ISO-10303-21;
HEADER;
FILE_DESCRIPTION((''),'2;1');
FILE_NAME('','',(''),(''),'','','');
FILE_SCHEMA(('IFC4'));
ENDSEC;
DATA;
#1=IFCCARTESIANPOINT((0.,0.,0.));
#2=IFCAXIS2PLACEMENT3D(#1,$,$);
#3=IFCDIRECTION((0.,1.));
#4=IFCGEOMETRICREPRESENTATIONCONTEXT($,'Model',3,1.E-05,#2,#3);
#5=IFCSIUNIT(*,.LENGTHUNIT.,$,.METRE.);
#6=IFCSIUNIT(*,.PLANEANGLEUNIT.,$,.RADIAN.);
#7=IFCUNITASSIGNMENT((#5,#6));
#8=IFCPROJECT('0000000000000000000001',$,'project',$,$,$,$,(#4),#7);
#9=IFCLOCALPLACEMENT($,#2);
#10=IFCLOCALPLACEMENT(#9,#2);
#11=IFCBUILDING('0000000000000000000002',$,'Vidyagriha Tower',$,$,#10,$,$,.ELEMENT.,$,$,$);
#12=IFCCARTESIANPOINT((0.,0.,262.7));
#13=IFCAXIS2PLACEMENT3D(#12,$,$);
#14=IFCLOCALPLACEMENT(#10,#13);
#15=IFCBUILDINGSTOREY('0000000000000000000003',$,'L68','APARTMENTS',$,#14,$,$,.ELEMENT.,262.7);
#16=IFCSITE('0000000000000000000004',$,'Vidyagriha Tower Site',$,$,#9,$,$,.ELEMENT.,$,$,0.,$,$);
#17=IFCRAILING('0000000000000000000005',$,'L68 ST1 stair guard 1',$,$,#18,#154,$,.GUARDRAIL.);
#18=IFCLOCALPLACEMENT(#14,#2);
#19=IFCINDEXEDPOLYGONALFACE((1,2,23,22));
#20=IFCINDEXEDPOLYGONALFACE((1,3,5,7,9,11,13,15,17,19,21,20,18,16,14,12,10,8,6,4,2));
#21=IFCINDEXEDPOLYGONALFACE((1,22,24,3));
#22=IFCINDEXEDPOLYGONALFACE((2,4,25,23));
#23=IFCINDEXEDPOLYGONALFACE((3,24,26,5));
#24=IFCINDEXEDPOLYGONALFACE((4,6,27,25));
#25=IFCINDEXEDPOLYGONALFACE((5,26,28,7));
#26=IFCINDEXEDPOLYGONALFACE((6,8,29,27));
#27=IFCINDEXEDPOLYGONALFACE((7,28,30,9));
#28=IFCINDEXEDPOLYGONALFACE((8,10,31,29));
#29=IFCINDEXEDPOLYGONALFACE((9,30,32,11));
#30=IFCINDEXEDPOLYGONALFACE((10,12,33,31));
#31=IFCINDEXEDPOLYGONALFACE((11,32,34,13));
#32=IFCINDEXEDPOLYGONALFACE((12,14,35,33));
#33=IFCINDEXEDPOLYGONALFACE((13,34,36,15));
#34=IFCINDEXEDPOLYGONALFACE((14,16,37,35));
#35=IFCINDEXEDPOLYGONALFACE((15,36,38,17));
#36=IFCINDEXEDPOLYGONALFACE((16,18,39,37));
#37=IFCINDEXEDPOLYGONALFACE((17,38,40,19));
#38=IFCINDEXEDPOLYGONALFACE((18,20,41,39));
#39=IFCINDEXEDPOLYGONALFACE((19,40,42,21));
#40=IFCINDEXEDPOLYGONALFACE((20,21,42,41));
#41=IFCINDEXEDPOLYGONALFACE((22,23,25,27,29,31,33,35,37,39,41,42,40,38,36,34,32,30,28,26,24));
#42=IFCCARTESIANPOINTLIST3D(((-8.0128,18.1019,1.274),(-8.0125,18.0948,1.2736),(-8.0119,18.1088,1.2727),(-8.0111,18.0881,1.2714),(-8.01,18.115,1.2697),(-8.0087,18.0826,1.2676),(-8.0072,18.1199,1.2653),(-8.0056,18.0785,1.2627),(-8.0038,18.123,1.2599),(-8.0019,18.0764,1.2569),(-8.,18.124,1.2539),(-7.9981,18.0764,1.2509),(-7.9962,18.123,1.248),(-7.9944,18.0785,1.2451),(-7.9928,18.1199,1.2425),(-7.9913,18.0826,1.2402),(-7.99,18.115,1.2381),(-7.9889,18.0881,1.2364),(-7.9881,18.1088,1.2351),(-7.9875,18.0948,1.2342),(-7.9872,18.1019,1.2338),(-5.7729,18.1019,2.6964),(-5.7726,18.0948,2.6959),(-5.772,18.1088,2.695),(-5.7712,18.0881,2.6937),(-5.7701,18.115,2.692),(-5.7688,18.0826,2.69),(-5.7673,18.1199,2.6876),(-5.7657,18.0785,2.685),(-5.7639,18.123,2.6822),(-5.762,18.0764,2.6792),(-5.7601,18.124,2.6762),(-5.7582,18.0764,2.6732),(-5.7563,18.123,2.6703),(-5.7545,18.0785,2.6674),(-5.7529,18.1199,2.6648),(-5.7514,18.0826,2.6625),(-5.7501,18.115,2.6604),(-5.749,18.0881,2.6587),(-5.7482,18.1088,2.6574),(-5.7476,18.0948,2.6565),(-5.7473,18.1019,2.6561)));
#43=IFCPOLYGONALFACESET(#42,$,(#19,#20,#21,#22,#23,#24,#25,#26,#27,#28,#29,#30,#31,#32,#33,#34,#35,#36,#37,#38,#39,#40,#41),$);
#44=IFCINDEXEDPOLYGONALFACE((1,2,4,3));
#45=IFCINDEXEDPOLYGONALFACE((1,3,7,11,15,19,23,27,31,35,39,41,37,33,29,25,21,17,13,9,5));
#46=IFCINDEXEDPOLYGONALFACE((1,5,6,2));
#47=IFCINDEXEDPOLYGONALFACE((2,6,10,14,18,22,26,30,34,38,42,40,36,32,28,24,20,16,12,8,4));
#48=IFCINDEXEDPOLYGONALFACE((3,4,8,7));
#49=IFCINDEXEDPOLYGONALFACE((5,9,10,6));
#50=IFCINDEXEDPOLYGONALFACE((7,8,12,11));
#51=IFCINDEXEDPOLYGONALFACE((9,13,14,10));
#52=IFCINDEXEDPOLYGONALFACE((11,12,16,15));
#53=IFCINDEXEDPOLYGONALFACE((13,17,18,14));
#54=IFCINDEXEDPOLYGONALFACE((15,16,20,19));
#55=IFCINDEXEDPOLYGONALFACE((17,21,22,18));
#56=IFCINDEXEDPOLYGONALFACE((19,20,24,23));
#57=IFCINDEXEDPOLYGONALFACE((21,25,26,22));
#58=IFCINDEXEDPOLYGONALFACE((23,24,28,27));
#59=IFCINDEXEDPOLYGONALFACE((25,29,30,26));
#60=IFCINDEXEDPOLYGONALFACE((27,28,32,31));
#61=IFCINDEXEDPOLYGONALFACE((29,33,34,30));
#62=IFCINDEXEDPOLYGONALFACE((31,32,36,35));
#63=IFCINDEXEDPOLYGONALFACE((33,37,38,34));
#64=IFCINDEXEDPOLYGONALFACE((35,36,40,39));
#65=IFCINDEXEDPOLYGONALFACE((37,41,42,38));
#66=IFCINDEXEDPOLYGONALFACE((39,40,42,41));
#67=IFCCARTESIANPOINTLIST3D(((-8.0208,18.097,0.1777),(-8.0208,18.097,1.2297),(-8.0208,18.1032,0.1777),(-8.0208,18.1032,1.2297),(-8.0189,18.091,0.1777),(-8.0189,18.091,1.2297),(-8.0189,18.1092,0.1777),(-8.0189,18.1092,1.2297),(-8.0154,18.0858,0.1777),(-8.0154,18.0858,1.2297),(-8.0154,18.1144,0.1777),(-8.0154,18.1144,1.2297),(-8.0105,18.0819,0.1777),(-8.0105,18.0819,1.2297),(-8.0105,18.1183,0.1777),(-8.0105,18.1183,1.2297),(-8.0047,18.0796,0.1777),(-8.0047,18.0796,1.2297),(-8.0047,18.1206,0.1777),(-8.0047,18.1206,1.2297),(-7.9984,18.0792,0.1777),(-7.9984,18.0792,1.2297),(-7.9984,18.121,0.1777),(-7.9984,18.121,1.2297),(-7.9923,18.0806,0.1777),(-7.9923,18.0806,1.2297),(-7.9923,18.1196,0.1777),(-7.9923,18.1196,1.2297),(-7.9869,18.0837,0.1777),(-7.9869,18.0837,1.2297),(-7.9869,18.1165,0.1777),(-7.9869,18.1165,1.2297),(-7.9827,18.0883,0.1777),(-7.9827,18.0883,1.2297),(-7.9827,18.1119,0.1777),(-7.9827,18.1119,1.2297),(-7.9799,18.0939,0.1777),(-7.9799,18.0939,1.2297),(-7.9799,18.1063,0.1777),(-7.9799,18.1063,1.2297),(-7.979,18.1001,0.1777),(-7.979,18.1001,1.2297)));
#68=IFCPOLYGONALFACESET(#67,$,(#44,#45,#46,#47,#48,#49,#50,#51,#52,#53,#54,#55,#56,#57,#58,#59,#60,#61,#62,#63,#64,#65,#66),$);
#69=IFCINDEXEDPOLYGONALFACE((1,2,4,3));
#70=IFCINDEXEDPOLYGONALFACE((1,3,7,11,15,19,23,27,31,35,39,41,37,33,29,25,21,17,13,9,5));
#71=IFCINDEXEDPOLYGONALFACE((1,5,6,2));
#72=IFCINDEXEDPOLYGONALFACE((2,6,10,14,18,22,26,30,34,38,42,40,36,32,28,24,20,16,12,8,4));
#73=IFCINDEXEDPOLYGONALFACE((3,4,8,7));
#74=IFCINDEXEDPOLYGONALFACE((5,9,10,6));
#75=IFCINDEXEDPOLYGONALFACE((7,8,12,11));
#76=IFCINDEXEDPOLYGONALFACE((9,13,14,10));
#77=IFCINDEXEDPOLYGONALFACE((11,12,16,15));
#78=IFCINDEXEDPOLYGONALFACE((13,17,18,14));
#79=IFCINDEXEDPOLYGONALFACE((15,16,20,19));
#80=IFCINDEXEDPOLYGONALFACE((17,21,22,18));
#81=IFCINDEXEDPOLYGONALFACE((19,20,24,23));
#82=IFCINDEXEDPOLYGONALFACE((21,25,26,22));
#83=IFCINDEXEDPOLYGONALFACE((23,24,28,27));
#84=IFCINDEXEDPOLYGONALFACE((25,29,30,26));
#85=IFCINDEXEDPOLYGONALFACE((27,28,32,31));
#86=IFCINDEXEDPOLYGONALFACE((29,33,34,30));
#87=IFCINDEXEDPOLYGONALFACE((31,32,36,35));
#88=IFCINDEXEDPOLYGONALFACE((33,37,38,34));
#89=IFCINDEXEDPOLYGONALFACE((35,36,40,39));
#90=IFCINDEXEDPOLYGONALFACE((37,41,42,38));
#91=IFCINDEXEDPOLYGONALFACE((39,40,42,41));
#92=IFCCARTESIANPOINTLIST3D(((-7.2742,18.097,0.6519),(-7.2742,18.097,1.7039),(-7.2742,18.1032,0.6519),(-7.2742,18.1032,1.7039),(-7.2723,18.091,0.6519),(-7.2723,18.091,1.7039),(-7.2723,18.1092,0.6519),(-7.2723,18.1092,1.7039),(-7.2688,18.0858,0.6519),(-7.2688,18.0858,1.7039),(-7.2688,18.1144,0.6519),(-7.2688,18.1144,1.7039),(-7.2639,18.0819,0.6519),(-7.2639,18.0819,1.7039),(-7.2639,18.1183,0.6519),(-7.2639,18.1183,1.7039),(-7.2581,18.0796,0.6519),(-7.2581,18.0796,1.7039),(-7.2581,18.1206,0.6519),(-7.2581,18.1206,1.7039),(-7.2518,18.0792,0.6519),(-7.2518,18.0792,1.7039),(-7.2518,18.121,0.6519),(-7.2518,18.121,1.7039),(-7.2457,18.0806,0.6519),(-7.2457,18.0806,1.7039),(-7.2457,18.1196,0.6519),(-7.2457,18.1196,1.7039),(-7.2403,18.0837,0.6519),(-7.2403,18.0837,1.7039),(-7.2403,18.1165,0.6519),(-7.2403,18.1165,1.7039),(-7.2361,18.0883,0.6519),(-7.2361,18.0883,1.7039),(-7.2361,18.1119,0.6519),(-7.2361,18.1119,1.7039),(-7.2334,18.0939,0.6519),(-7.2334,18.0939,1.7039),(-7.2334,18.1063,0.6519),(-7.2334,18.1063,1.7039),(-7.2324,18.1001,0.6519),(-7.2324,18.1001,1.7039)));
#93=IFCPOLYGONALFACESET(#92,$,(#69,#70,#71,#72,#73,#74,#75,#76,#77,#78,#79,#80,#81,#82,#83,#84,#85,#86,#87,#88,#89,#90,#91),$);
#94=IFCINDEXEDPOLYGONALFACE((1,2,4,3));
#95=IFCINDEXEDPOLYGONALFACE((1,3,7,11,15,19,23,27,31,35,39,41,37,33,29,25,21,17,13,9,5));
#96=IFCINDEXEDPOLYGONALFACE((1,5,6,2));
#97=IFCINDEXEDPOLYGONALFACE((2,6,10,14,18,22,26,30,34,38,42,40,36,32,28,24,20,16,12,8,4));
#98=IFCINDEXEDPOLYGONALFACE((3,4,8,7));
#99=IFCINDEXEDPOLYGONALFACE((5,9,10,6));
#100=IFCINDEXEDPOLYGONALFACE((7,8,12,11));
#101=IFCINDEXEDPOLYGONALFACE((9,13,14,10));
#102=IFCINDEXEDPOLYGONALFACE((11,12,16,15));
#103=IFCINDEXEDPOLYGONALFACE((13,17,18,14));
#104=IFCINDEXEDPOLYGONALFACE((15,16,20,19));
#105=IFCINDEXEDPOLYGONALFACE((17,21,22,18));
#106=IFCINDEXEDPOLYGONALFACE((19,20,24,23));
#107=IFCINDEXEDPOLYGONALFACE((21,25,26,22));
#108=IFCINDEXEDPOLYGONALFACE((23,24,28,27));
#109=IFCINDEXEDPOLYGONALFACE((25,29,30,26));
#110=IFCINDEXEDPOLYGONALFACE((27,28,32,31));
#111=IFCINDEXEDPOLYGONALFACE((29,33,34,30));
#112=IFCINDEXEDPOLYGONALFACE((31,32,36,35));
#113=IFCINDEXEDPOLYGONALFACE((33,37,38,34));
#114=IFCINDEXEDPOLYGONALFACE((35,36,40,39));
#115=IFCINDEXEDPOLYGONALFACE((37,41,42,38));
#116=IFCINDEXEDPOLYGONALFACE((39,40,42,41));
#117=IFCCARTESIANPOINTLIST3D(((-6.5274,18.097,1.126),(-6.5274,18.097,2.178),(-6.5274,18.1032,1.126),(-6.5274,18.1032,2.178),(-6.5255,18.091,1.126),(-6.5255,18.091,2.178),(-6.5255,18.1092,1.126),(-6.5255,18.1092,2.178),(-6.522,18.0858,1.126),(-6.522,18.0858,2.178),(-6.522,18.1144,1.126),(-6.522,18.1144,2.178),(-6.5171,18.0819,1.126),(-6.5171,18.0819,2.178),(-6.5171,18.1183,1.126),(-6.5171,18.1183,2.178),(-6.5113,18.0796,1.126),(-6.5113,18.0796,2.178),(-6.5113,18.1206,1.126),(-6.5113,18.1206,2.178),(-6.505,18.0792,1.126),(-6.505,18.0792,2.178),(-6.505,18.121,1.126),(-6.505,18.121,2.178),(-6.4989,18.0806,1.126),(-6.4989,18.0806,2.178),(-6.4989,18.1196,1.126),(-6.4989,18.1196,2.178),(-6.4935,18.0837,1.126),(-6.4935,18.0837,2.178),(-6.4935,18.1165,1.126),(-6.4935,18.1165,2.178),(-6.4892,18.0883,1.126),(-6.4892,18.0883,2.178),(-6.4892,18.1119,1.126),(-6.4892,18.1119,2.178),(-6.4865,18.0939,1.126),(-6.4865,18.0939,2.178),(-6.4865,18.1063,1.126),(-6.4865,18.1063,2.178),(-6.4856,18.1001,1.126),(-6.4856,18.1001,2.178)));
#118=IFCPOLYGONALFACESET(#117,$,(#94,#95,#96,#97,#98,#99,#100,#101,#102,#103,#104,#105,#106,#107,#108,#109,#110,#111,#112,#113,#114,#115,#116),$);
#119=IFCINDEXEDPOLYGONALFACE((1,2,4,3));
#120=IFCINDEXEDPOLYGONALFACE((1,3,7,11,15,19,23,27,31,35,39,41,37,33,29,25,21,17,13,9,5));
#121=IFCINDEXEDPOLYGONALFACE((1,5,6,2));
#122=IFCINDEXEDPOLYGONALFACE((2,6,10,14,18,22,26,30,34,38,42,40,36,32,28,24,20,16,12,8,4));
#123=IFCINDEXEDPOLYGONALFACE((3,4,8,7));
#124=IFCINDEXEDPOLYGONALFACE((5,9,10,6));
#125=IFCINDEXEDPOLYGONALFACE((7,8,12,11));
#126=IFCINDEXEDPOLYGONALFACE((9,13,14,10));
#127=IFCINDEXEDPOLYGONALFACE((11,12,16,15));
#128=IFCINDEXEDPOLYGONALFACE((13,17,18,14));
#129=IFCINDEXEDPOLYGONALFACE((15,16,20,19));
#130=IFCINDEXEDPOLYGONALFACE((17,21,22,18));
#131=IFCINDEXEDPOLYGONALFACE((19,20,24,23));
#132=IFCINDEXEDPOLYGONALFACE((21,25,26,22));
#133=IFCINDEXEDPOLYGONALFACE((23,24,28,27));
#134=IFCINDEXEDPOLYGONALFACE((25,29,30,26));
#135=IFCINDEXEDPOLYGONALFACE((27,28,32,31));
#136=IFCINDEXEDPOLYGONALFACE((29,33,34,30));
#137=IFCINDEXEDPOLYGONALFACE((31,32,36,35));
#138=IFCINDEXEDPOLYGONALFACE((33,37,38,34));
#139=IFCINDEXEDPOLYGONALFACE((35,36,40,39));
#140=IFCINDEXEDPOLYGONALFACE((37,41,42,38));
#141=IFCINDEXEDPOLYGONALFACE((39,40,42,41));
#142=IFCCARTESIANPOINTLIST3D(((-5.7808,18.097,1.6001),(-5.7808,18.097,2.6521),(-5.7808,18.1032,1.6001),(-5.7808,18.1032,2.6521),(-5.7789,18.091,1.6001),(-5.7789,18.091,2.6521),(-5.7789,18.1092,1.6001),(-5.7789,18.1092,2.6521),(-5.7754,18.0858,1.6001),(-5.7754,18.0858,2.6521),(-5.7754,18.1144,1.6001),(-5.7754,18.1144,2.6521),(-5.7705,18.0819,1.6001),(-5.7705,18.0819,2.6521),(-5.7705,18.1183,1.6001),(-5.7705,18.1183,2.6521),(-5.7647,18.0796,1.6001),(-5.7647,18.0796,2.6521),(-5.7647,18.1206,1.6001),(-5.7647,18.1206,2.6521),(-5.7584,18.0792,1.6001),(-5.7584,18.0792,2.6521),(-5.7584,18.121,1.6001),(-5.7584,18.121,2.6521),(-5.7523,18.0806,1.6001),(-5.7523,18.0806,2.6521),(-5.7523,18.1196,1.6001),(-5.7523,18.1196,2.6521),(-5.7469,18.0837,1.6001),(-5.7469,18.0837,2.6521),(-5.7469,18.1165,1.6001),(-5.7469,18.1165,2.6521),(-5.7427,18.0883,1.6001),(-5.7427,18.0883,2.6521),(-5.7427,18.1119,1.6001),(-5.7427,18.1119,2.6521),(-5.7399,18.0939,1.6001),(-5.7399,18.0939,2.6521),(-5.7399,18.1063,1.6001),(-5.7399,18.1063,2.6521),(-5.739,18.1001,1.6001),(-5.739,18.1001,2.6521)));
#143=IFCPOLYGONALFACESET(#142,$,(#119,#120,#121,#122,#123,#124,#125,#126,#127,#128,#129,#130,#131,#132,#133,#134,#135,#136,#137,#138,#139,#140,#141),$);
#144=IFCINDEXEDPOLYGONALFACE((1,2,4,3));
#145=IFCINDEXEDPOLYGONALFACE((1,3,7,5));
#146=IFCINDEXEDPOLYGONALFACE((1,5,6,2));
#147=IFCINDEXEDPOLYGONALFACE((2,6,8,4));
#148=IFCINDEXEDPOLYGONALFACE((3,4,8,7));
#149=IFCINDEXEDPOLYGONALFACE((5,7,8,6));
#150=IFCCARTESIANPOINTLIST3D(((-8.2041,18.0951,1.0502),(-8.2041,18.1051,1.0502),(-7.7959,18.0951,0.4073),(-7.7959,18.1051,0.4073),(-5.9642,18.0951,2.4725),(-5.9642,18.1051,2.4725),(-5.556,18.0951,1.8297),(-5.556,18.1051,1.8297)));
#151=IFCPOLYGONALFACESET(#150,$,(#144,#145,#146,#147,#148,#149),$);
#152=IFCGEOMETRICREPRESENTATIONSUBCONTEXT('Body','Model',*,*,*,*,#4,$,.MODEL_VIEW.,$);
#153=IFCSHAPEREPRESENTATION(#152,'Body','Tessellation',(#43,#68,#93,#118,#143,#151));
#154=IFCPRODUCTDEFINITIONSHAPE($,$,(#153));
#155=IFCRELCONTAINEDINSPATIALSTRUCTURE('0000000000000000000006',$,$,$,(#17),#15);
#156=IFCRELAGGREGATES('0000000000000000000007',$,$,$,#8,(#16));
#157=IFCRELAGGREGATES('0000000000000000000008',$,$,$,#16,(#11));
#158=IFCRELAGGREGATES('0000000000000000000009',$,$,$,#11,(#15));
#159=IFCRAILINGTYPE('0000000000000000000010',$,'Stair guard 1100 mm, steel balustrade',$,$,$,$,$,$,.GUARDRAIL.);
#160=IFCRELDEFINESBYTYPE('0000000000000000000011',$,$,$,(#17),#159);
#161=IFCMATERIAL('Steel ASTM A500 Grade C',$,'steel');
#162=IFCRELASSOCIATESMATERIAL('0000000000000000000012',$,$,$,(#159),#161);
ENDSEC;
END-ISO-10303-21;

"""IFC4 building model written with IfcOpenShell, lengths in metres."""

from ifc_helpers import new_model, si_unit, direction, frame, origin, origin_2d, place, context, subcontext, project, spatial, rectangle, circle, extrude, material, type_object, element, save


model = new_model("IFC4")

# Units and contexts
model_context = context("Model", 3, precision=1e-05, world=origin(), true_north=direction((0.0, 1.0)))
body_context = subcontext(model_context, "Body", "Model", "MODEL_VIEW")
ifc_project = project(units=[si_unit("LENGTHUNIT", "METRE"), si_unit("PLANEANGLEUNIT", "RADIAN")], contexts=[model_context])

# Site, building, storey
site_placement = place(None, origin())
site = spatial("IfcSite", under=ifc_project, at=site_placement, Name="Vidyagriha Tower Site", CompositionType="ELEMENT", RefElevation=0.0)
building_placement = place(site_placement, origin())
building = spatial("IfcBuilding", under=site, at=building_placement, Name="Vidyagriha Tower", CompositionType="ELEMENT")
storey_placement = place(building_placement, frame((0.0, 0.0, 262.7)))
storey = spatial("IfcBuildingStorey", under=building, at=storey_placement, Name="L68", Description="APARTMENTS", CompositionType="ELEMENT", Elevation=262.7)

# Railing
ifc_material_1 = material(Name="Steel ASTM A500 Grade C", Category="steel")
railing_type_1 = type_object("IfcRailingType", Name="Stair guard 1100 mm, steel balustrade", PredefinedType="GUARDRAIL", material=ifc_material_1)
railing_placement = place(storey_placement, frame((-8.0, 18.1001, 0.1777)))
element("IfcRailing", 1, at=railing_placement, inside=storey, type_object=railing_type_1, Name="L68 ST1 stair guard 1", PredefinedType="GUARDRAIL", context=body_context, shape_type="SweptSolid", body=[
    extrude(circle(Radius=0.0239, at=origin_2d()), frame((0.0, 0.0, 1.0762), z_axis=(0.844188, 0.0, 0.536048), x_axis=(0.0, 1.0, 0.0)), (0.0, 0.0, 1.0), 2.6533),
    extrude(circle(Radius=0.021, at=origin_2d()), origin(), (0.0, 0.0, 1.0), 1.052),
    extrude(circle(Radius=0.021, at=origin_2d()), frame((0.7466, 0.0, 0.4741)), (0.0, 0.0, 1.0), 1.052),
    extrude(circle(Radius=0.021, at=origin_2d()), frame((1.4934, 0.0, 0.9482)), (0.0, 0.0, 1.0), 1.052),
    extrude(circle(Radius=0.021, at=origin_2d()), frame((2.24, 0.0, 1.4224)), (0.0, 0.0, 1.0), 1.052),
    extrude(rectangle(XDim=0.01, YDim=0.7615, at=origin_2d()), frame((0.0, 0.0, 0.551), z_axis=(0.844188, 0.0, 0.536048), x_axis=(0.0, 1.0, 0.0)), (0.0, 0.0, 1.0), 2.6533),
])

save(model, "model.ifc")
